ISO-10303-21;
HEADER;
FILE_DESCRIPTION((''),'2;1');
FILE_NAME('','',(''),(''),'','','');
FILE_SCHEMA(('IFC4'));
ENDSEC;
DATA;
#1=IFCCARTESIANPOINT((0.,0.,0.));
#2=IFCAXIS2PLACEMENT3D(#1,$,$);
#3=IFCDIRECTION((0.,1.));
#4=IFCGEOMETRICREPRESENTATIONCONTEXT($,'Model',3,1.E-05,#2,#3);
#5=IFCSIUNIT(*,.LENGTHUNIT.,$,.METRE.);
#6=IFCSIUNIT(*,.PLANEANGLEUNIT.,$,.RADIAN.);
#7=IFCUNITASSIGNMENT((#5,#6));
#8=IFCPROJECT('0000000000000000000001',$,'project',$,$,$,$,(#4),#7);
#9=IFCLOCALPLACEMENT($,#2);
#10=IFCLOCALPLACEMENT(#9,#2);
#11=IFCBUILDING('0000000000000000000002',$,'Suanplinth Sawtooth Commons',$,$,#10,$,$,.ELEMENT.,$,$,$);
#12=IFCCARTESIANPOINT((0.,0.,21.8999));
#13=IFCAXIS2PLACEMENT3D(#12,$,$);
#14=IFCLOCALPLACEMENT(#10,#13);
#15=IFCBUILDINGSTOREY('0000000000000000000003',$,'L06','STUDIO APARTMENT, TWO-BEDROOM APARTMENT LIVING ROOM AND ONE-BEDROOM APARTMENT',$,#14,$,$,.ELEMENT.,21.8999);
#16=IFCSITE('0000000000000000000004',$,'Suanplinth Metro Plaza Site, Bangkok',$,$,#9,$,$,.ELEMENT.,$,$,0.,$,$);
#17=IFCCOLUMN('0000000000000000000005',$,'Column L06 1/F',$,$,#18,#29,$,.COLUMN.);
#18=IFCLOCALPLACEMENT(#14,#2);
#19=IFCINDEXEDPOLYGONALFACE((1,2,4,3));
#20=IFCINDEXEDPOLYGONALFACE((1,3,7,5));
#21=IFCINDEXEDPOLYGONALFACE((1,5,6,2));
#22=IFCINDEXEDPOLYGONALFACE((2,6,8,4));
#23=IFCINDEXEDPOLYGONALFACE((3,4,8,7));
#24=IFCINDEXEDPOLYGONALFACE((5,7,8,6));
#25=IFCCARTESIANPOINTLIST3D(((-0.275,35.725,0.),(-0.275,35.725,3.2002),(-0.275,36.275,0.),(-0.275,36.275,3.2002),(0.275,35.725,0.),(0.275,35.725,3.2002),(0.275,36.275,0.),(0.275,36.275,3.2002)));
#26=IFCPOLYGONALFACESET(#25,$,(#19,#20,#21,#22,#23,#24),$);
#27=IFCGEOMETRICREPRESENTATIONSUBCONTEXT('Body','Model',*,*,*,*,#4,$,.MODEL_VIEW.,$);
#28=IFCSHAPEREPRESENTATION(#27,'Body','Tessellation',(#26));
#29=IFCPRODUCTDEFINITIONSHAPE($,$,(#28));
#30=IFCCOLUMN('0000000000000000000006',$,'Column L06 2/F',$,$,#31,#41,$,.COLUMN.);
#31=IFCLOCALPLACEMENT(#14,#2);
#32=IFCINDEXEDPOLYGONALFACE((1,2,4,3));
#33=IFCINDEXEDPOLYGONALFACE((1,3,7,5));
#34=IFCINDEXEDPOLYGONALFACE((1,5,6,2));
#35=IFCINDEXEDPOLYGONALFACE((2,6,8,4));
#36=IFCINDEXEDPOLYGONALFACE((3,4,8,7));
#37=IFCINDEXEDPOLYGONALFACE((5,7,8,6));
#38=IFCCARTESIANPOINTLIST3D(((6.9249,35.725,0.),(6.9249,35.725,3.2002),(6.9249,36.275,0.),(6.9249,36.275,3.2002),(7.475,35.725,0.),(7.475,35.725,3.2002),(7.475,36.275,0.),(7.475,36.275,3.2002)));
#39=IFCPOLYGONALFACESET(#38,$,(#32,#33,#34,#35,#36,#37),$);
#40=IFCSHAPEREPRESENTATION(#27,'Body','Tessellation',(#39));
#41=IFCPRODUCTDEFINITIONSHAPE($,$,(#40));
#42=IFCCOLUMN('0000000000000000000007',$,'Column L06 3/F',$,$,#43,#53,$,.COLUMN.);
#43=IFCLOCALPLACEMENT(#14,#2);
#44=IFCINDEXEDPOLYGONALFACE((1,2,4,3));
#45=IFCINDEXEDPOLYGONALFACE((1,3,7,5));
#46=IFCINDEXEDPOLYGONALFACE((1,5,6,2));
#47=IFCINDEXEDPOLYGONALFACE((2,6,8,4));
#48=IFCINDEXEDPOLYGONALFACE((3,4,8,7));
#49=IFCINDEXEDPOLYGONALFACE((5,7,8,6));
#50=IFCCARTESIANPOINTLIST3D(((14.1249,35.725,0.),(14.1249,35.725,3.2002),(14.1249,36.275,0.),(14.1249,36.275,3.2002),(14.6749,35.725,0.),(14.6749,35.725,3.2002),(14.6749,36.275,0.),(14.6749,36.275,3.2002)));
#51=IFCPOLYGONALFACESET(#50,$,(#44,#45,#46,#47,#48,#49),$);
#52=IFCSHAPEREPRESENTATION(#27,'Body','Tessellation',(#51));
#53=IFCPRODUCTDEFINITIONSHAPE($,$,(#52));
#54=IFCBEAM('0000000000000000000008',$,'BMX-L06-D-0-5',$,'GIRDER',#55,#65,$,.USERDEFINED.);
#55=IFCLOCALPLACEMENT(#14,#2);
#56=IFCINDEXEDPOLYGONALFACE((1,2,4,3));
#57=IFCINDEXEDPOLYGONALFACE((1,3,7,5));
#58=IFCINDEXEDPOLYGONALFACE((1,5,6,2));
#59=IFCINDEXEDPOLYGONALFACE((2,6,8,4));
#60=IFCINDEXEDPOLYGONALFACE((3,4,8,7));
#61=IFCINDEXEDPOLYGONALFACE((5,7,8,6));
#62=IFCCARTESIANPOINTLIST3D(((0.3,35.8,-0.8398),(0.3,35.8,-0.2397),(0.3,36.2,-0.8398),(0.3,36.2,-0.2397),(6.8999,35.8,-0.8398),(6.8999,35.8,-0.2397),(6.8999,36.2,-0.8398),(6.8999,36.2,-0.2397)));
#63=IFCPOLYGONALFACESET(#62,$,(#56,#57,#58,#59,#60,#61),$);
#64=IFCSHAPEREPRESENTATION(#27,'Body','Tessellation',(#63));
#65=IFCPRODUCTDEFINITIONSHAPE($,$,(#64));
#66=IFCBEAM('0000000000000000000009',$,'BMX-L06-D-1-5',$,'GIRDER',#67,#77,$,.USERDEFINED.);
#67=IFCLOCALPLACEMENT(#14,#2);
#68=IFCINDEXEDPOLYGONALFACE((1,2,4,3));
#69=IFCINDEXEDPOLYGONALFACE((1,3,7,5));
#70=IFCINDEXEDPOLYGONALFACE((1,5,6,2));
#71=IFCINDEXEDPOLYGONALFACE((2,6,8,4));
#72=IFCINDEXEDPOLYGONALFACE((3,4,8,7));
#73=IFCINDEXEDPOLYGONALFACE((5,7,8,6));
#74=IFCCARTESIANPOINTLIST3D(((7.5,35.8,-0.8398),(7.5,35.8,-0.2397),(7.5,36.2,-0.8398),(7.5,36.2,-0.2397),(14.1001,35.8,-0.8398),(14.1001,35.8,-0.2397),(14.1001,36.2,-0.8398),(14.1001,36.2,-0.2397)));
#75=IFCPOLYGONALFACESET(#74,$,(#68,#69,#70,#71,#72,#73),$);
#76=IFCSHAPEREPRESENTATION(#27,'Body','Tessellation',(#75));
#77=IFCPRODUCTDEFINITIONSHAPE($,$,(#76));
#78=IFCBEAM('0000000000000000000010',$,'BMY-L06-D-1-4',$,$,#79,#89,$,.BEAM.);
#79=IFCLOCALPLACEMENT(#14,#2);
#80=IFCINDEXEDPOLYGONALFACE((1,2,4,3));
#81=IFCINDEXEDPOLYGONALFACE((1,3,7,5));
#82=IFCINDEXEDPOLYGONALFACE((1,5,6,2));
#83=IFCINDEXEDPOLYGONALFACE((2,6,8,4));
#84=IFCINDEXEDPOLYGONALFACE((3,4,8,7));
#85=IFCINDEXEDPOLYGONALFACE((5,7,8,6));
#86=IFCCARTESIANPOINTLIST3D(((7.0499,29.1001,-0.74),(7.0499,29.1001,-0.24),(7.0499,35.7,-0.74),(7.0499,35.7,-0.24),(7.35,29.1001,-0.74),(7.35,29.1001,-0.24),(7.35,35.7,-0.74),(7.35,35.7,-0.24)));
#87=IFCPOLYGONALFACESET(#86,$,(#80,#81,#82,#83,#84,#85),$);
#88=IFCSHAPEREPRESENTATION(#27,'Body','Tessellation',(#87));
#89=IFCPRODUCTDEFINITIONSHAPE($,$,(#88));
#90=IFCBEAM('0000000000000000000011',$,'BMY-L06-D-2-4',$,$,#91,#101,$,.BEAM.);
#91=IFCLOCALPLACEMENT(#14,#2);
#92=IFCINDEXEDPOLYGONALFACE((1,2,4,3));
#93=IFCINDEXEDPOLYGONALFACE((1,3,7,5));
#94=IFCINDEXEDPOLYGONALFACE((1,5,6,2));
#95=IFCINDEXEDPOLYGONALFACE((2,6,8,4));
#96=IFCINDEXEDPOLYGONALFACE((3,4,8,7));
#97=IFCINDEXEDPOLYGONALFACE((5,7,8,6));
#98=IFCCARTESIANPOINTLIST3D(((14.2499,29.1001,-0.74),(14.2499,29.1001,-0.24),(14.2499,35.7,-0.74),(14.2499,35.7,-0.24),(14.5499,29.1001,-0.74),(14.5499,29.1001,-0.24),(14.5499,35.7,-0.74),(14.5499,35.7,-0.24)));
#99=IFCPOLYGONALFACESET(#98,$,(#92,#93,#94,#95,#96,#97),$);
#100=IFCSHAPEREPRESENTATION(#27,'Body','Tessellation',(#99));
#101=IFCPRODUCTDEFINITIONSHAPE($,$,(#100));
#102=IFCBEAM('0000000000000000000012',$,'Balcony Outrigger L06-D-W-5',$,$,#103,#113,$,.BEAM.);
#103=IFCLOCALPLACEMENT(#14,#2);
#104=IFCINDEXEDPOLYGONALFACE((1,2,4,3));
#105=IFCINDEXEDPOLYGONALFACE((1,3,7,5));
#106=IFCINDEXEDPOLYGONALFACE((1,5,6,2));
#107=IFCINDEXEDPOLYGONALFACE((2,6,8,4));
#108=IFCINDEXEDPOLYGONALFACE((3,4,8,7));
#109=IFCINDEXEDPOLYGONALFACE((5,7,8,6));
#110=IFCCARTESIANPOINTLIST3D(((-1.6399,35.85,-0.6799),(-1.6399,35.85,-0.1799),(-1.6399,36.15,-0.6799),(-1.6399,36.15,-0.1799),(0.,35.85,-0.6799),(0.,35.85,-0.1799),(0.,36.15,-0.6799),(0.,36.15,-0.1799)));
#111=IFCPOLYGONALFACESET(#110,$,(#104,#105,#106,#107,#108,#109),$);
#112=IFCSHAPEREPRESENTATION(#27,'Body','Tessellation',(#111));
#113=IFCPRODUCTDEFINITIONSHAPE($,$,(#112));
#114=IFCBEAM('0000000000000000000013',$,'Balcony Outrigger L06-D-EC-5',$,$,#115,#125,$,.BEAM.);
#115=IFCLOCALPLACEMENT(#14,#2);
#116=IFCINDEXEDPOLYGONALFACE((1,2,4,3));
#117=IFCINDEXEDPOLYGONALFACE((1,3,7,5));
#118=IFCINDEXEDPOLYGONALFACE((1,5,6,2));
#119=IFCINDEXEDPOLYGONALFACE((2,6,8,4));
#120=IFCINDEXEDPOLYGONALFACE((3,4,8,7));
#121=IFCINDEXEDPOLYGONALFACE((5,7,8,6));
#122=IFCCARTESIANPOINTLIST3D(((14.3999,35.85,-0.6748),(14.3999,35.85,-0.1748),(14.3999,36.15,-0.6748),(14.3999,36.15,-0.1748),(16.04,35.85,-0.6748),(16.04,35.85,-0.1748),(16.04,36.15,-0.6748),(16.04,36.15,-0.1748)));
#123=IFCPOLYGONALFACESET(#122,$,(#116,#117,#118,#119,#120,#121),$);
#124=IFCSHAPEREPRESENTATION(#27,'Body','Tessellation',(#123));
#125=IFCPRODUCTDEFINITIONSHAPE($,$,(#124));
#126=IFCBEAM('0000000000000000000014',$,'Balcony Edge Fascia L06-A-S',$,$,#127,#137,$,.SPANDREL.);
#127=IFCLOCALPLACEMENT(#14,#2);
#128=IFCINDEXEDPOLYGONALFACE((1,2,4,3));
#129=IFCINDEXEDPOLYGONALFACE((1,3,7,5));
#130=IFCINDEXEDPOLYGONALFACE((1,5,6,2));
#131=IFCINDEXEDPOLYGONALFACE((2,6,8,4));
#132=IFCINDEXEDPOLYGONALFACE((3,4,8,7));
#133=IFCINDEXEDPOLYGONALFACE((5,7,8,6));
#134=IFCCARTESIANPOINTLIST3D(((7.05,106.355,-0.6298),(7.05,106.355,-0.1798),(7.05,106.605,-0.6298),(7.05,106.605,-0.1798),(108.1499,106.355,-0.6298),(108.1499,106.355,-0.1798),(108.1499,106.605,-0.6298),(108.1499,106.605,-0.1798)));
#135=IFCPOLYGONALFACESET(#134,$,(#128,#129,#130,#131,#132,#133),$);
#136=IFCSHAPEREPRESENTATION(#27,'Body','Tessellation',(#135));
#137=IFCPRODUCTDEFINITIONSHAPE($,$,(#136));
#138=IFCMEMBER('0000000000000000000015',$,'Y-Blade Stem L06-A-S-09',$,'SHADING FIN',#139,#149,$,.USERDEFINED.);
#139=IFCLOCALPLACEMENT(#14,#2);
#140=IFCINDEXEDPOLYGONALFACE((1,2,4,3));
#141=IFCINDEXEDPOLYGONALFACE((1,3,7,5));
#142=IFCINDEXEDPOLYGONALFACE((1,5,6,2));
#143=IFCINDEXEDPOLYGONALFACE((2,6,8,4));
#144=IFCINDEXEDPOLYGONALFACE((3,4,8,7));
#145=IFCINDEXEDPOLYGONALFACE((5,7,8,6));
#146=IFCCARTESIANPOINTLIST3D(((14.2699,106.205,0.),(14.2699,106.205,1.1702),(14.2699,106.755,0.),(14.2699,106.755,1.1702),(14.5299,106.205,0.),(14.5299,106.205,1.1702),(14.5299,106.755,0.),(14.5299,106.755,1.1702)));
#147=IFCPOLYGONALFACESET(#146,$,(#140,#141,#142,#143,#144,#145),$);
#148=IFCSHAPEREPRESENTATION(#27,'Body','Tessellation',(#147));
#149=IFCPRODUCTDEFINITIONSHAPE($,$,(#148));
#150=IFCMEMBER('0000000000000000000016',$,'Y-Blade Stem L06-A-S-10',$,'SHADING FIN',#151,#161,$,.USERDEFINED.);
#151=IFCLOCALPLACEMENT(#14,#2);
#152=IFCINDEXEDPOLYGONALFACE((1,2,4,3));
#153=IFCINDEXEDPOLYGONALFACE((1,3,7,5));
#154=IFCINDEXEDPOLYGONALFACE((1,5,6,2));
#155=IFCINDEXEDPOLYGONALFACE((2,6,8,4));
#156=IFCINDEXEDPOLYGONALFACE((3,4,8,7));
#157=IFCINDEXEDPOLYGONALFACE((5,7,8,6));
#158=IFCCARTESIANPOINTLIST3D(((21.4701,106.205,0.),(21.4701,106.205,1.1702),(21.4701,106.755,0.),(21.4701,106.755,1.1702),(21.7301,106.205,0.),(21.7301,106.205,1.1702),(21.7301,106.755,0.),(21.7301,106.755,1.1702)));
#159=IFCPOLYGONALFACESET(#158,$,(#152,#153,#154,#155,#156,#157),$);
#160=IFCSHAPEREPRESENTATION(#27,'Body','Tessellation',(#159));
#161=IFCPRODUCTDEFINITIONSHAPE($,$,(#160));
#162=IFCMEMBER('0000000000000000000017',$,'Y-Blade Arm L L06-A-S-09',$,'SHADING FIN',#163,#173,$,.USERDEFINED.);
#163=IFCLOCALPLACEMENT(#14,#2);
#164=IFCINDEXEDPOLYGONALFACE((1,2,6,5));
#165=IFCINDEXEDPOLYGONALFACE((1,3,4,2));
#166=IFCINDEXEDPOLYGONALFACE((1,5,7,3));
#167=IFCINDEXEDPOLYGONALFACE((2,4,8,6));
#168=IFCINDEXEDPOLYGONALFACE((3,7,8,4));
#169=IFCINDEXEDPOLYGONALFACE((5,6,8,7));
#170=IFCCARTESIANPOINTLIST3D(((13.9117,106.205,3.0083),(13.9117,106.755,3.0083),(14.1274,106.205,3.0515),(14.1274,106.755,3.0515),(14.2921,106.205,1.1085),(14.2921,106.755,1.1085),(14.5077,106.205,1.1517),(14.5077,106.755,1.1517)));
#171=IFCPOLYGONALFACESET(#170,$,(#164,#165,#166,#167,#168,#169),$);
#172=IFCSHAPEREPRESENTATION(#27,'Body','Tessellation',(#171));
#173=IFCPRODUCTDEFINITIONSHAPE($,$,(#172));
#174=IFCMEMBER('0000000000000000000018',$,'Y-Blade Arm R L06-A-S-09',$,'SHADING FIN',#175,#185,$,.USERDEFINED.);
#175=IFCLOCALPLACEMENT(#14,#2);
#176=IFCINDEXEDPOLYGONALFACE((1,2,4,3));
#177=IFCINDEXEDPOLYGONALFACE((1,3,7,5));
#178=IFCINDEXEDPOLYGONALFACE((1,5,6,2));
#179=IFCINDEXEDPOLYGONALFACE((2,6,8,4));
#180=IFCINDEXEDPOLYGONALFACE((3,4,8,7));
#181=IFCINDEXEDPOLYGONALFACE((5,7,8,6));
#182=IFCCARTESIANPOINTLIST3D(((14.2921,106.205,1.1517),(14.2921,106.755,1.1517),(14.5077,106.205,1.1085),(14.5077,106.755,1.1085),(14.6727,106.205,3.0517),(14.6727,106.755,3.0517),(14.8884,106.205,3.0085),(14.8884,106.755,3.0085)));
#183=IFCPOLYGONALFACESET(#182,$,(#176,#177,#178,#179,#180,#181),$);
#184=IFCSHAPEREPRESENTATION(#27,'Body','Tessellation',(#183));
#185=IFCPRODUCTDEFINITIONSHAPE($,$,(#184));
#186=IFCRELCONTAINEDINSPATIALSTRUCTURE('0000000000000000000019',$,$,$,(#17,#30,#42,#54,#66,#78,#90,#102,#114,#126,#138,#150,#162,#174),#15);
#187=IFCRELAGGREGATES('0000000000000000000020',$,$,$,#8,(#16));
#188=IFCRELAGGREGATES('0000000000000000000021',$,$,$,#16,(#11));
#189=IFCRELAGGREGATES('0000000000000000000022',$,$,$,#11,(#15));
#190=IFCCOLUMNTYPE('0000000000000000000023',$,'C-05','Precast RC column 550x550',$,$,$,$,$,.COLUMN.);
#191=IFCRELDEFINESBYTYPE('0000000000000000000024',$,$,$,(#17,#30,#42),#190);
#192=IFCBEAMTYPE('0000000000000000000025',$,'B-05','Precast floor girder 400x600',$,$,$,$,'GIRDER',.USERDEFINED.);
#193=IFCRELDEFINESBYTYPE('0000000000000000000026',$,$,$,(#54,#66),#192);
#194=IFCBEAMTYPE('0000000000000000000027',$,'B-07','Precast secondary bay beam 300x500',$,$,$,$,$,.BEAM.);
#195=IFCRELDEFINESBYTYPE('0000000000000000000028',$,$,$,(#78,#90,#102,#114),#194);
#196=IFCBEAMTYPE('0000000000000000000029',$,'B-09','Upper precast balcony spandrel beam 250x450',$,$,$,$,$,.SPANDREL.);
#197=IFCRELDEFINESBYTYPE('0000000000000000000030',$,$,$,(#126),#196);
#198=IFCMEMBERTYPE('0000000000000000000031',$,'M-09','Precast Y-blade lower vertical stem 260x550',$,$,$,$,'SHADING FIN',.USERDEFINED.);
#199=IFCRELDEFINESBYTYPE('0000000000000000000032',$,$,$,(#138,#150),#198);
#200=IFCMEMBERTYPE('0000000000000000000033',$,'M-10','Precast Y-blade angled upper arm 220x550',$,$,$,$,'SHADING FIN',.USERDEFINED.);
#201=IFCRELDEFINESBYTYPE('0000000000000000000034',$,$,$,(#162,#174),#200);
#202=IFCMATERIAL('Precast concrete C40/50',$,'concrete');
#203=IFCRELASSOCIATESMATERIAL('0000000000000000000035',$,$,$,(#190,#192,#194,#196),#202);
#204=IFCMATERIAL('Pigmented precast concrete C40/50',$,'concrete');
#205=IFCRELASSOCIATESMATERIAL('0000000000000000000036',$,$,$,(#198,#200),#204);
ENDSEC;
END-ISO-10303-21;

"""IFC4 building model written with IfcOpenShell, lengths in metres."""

from ifc_helpers import new_model, si_unit, direction, frame, origin, origin_2d, place, context, subcontext, project, spatial, rectangle, extrude, material, material_profile, profile_set, type_object, element, save


model = new_model("IFC4")

# Units and contexts
model_context = context("Model", 3, precision=1e-05, world=origin(), true_north=direction((0.0, 1.0)))
body_context = subcontext(model_context, "Body", "Model", "MODEL_VIEW")
ifc_project = project(units=[si_unit("LENGTHUNIT", "METRE"), si_unit("PLANEANGLEUNIT", "RADIAN")], contexts=[model_context])

# Site, building, storey
site_placement = place(None, origin())
site = spatial("IfcSite", under=ifc_project, at=site_placement, Name="Suanplinth Metro Plaza Site, Bangkok", CompositionType="ELEMENT", RefElevation=0.0)
building_placement = place(site_placement, origin())
building = spatial("IfcBuilding", under=site, at=building_placement, Name="Suanplinth Sawtooth Commons", CompositionType="ELEMENT")
storey_placement = place(building_placement, frame((0.0, 0.0, 21.8999)))
storey = spatial("IfcBuildingStorey", under=building, at=storey_placement, Name="L06", Description="STUDIO APARTMENT, TWO-BEDROOM APARTMENT LIVING ROOM AND ONE-BEDROOM APARTMENT", CompositionType="ELEMENT", Elevation=21.8999)

# Columns
ifc_material_1 = material(Name="Precast concrete C40/50", Category="concrete")
ifc_material_profile_1 = material_profile(ifc_material_1, rectangle(XDim=0.55, YDim=0.55, at=origin_2d()), Name="PC-COL 550x550")
ifc_profile_set_1 = profile_set([ifc_material_profile_1], Name="Precast concrete C40/50")
column_type = type_object("IfcColumnType", Name="C-05", Description="Precast RC column 550x550", PredefinedType="COLUMN", material=ifc_profile_set_1)
for number, where, z_axis, x_axis, name in (
    (1, (0.0, 36.0, 0.0), (0.0, 0.0, 1.0), (1.0, 0.0, 0.0), "Column L06 1/F"),
    (2, (7.2, 36.0, 0.0), (0.0, 0.0, 1.0), (1.0, 0.0, 0.0), "Column L06 2/F"),
    (3, (14.3999, 36.0, 0.0), (0.0, 0.0, 1.0), (1.0, 0.0, 0.0), "Column L06 3/F"),
):
    element("IfcColumn", number, at=place(storey_placement, frame(where, z_axis=z_axis, x_axis=x_axis)), inside=storey, type_object=column_type, Name=name, PredefinedType="COLUMN", context=body_context, shape_type="SweptSolid", body=[
        extrude(rectangle(XDim=0.55, YDim=0.55, at=origin_2d()), origin(), (0.0, 0.0, 1.0), 3.2002),
    ])

# Beams
ifc_material_profile_2 = material_profile(ifc_material_1, rectangle(XDim=0.3999, YDim=0.6001, at=origin_2d()), Name="PC-GDR 400x600")
ifc_profile_set_2 = profile_set([ifc_material_profile_2], Name="Precast concrete C40/50")
beam_type_1 = type_object("IfcBeamType", Name="B-05", Description="Precast floor girder 400x600", ElementType="GIRDER", PredefinedType="USERDEFINED", material=ifc_profile_set_2)
beam_1_placement = place(storey_placement, frame((0.3, 36.0, -0.5398), z_axis=(1.0, 0.0, 0.0), x_axis=(0.0, 1.0, 0.0)))
element("IfcBeam", 4, at=beam_1_placement, inside=storey, type_object=beam_type_1, Name="BMX-L06-D-0-5", ObjectType="GIRDER", PredefinedType="USERDEFINED", context=body_context, shape_type="SweptSolid", body=[
    extrude(rectangle(XDim=0.3999, YDim=0.6001, at=origin_2d()), origin(), (0.0, 0.0, 1.0), 6.5999),
])
beam_2_placement = place(storey_placement, frame((7.5, 36.0, -0.5398), z_axis=(1.0, 0.0, 0.0), x_axis=(0.0, 1.0, 0.0)))
element("IfcBeam", 5, at=beam_2_placement, inside=storey, type_object=beam_type_1, Name="BMX-L06-D-1-5", ObjectType="GIRDER", PredefinedType="USERDEFINED", context=body_context, shape_type="SweptSolid", body=[
    extrude(rectangle(XDim=0.3999, YDim=0.6001, at=origin_2d()), origin(), (0.0, 0.0, 1.0), 6.6001),
])
ifc_material_profile_3 = material_profile(ifc_material_1, rectangle(XDim=0.3, YDim=0.5, at=origin_2d()), Name="PC-BM 300x500")
ifc_profile_set_3 = profile_set([ifc_material_profile_3], Name="Precast concrete C40/50")
beam_type_2 = type_object("IfcBeamType", Name="B-07", Description="Precast secondary bay beam 300x500", PredefinedType="BEAM", material=ifc_profile_set_3)
for number, where, z_axis, x_axis, name in (
    (6, (7.2, 29.1001, -0.49), (0.0, 1.0, 0.0), (-1.0, 0.0, 0.0), "BMY-L06-D-1-4"),
    (7, (14.3999, 29.1001, -0.49), (0.0, 1.0, 0.0), (-1.0, 0.0, 0.0), "BMY-L06-D-2-4"),
):
    element("IfcBeam", number, at=place(storey_placement, frame(where, z_axis=z_axis, x_axis=x_axis)), inside=storey, type_object=beam_type_2, Name=name, PredefinedType="BEAM", context=body_context, shape_type="SweptSolid", body=[
        extrude(rectangle(XDim=0.3, YDim=0.5, at=origin_2d()), origin(), (0.0, 0.0, 1.0), 6.5999),
    ])
beam_3_placement = place(storey_placement, frame((0.0, 36.0, -0.4299), z_axis=(-1.0, 0.0, 0.0), x_axis=(0.0, -1.0, 0.0)))
element("IfcBeam", 8, at=beam_3_placement, inside=storey, type_object=beam_type_2, Name="Balcony Outrigger L06-D-W-5", PredefinedType="BEAM", context=body_context, shape_type="SweptSolid", body=[
    extrude(rectangle(XDim=0.3, YDim=0.5, at=origin_2d()), origin(), (0.0, 0.0, 1.0), 1.6399),
])
beam_4_placement = place(storey_placement, frame((14.3999, 36.0, -0.4248), z_axis=(1.0, 0.0, 0.0), x_axis=(0.0, 1.0, 0.0)))
element("IfcBeam", 9, at=beam_4_placement, inside=storey, type_object=beam_type_2, Name="Balcony Outrigger L06-D-EC-5", PredefinedType="BEAM", context=body_context, shape_type="SweptSolid", body=[
    extrude(rectangle(XDim=0.3, YDim=0.5, at=origin_2d()), origin(), (0.0, 0.0, 1.0), 1.6401),
])
ifc_material_profile_4 = material_profile(ifc_material_1, rectangle(XDim=0.25, YDim=0.45, at=origin_2d()), Name="PC-SP 250x450")
ifc_profile_set_4 = profile_set([ifc_material_profile_4], Name="Precast concrete C40/50")
beam_type_3 = type_object("IfcBeamType", Name="B-09", Description="Upper precast balcony spandrel beam 250x450", PredefinedType="SPANDREL", material=ifc_profile_set_4)
beam_5_placement = place(storey_placement, frame((7.05, 106.48, -0.4048), z_axis=(1.0, 0.0, 0.0), x_axis=(0.0, 1.0, 0.0)))
element("IfcBeam", 10, at=beam_5_placement, inside=storey, type_object=beam_type_3, Name="Balcony Edge Fascia L06-A-S", PredefinedType="SPANDREL", context=body_context, shape_type="SweptSolid", body=[
    extrude(rectangle(XDim=0.25, YDim=0.45, at=origin_2d()), origin(), (0.0, 0.0, 1.0), 101.0999),
])

# Members
ifc_material_2 = material(Name="Pigmented precast concrete C40/50", Category="concrete")
ifc_material_profile_5 = material_profile(ifc_material_2, rectangle(XDim=0.26, YDim=0.55, at=origin_2d()), Name="PC-FIN 260x550")
ifc_profile_set_5 = profile_set([ifc_material_profile_5], Name="Pigmented precast concrete C40/50")
member_type_1 = type_object("IfcMemberType", Name="M-09", Description="Precast Y-blade lower vertical stem 260x550", ElementType="SHADING FIN", PredefinedType="USERDEFINED", material=ifc_profile_set_5)
for number, where, z_axis, x_axis, name in (
    (11, (14.3999, 106.48, 0.0), (0.0, 0.0, 1.0), (1.0, 0.0, 0.0), "Y-Blade Stem L06-A-S-09"),
    (12, (21.6001, 106.48, 0.0), (0.0, 0.0, 1.0), (1.0, 0.0, 0.0), "Y-Blade Stem L06-A-S-10"),
):
    element("IfcMember", number, at=place(storey_placement, frame(where, z_axis=z_axis, x_axis=x_axis)), inside=storey, type_object=member_type_1, Name=name, ObjectType="SHADING FIN", PredefinedType="USERDEFINED", context=body_context, shape_type="SweptSolid", body=[
        extrude(rectangle(XDim=0.26, YDim=0.55, at=origin_2d()), origin(), (0.0, 0.0, 1.0), 1.1702),
    ])
ifc_material_profile_6 = material_profile(ifc_material_2, rectangle(XDim=0.22, YDim=0.55, at=origin_2d()), Name="PC-FIN 220x550")
ifc_profile_set_6 = profile_set([ifc_material_profile_6], Name="Pigmented precast concrete C40/50")
member_type_2 = type_object("IfcMemberType", Name="M-10", Description="Precast Y-blade angled upper arm 220x550", ElementType="SHADING FIN", PredefinedType="USERDEFINED", material=ifc_profile_set_6)
member_1_placement = place(storey_placement, frame((14.3999, 106.48, 1.1301), z_axis=(-0.19631, 0.0, 0.980542), x_axis=(0.980542, 0.0, 0.19631)))
element("IfcMember", 13, at=member_1_placement, inside=storey, type_object=member_type_2, Name="Y-Blade Arm L L06-A-S-09", ObjectType="SHADING FIN", PredefinedType="USERDEFINED", context=body_context, shape_type="SweptSolid", body=[
    extrude(rectangle(XDim=0.22, YDim=0.55, at=origin_2d()), origin(), (0.0, 0.0, 1.0), 1.9375),
])
member_2_placement = place(storey_placement, frame((14.3999, 106.48, 1.1301), z_axis=(0.196431, 0.0, 0.980518), x_axis=(-0.980518, 0.0, 0.196431)))
element("IfcMember", 14, at=member_2_placement, inside=storey, type_object=member_type_2, Name="Y-Blade Arm R L06-A-S-09", ObjectType="SHADING FIN", PredefinedType="USERDEFINED", context=body_context, shape_type="SweptSolid", body=[
    extrude(rectangle(XDim=0.22, YDim=0.55, at=origin_2d()), origin(), (0.0, 0.0, 1.0), 1.9377),
])

save(model, "model.ifc")
